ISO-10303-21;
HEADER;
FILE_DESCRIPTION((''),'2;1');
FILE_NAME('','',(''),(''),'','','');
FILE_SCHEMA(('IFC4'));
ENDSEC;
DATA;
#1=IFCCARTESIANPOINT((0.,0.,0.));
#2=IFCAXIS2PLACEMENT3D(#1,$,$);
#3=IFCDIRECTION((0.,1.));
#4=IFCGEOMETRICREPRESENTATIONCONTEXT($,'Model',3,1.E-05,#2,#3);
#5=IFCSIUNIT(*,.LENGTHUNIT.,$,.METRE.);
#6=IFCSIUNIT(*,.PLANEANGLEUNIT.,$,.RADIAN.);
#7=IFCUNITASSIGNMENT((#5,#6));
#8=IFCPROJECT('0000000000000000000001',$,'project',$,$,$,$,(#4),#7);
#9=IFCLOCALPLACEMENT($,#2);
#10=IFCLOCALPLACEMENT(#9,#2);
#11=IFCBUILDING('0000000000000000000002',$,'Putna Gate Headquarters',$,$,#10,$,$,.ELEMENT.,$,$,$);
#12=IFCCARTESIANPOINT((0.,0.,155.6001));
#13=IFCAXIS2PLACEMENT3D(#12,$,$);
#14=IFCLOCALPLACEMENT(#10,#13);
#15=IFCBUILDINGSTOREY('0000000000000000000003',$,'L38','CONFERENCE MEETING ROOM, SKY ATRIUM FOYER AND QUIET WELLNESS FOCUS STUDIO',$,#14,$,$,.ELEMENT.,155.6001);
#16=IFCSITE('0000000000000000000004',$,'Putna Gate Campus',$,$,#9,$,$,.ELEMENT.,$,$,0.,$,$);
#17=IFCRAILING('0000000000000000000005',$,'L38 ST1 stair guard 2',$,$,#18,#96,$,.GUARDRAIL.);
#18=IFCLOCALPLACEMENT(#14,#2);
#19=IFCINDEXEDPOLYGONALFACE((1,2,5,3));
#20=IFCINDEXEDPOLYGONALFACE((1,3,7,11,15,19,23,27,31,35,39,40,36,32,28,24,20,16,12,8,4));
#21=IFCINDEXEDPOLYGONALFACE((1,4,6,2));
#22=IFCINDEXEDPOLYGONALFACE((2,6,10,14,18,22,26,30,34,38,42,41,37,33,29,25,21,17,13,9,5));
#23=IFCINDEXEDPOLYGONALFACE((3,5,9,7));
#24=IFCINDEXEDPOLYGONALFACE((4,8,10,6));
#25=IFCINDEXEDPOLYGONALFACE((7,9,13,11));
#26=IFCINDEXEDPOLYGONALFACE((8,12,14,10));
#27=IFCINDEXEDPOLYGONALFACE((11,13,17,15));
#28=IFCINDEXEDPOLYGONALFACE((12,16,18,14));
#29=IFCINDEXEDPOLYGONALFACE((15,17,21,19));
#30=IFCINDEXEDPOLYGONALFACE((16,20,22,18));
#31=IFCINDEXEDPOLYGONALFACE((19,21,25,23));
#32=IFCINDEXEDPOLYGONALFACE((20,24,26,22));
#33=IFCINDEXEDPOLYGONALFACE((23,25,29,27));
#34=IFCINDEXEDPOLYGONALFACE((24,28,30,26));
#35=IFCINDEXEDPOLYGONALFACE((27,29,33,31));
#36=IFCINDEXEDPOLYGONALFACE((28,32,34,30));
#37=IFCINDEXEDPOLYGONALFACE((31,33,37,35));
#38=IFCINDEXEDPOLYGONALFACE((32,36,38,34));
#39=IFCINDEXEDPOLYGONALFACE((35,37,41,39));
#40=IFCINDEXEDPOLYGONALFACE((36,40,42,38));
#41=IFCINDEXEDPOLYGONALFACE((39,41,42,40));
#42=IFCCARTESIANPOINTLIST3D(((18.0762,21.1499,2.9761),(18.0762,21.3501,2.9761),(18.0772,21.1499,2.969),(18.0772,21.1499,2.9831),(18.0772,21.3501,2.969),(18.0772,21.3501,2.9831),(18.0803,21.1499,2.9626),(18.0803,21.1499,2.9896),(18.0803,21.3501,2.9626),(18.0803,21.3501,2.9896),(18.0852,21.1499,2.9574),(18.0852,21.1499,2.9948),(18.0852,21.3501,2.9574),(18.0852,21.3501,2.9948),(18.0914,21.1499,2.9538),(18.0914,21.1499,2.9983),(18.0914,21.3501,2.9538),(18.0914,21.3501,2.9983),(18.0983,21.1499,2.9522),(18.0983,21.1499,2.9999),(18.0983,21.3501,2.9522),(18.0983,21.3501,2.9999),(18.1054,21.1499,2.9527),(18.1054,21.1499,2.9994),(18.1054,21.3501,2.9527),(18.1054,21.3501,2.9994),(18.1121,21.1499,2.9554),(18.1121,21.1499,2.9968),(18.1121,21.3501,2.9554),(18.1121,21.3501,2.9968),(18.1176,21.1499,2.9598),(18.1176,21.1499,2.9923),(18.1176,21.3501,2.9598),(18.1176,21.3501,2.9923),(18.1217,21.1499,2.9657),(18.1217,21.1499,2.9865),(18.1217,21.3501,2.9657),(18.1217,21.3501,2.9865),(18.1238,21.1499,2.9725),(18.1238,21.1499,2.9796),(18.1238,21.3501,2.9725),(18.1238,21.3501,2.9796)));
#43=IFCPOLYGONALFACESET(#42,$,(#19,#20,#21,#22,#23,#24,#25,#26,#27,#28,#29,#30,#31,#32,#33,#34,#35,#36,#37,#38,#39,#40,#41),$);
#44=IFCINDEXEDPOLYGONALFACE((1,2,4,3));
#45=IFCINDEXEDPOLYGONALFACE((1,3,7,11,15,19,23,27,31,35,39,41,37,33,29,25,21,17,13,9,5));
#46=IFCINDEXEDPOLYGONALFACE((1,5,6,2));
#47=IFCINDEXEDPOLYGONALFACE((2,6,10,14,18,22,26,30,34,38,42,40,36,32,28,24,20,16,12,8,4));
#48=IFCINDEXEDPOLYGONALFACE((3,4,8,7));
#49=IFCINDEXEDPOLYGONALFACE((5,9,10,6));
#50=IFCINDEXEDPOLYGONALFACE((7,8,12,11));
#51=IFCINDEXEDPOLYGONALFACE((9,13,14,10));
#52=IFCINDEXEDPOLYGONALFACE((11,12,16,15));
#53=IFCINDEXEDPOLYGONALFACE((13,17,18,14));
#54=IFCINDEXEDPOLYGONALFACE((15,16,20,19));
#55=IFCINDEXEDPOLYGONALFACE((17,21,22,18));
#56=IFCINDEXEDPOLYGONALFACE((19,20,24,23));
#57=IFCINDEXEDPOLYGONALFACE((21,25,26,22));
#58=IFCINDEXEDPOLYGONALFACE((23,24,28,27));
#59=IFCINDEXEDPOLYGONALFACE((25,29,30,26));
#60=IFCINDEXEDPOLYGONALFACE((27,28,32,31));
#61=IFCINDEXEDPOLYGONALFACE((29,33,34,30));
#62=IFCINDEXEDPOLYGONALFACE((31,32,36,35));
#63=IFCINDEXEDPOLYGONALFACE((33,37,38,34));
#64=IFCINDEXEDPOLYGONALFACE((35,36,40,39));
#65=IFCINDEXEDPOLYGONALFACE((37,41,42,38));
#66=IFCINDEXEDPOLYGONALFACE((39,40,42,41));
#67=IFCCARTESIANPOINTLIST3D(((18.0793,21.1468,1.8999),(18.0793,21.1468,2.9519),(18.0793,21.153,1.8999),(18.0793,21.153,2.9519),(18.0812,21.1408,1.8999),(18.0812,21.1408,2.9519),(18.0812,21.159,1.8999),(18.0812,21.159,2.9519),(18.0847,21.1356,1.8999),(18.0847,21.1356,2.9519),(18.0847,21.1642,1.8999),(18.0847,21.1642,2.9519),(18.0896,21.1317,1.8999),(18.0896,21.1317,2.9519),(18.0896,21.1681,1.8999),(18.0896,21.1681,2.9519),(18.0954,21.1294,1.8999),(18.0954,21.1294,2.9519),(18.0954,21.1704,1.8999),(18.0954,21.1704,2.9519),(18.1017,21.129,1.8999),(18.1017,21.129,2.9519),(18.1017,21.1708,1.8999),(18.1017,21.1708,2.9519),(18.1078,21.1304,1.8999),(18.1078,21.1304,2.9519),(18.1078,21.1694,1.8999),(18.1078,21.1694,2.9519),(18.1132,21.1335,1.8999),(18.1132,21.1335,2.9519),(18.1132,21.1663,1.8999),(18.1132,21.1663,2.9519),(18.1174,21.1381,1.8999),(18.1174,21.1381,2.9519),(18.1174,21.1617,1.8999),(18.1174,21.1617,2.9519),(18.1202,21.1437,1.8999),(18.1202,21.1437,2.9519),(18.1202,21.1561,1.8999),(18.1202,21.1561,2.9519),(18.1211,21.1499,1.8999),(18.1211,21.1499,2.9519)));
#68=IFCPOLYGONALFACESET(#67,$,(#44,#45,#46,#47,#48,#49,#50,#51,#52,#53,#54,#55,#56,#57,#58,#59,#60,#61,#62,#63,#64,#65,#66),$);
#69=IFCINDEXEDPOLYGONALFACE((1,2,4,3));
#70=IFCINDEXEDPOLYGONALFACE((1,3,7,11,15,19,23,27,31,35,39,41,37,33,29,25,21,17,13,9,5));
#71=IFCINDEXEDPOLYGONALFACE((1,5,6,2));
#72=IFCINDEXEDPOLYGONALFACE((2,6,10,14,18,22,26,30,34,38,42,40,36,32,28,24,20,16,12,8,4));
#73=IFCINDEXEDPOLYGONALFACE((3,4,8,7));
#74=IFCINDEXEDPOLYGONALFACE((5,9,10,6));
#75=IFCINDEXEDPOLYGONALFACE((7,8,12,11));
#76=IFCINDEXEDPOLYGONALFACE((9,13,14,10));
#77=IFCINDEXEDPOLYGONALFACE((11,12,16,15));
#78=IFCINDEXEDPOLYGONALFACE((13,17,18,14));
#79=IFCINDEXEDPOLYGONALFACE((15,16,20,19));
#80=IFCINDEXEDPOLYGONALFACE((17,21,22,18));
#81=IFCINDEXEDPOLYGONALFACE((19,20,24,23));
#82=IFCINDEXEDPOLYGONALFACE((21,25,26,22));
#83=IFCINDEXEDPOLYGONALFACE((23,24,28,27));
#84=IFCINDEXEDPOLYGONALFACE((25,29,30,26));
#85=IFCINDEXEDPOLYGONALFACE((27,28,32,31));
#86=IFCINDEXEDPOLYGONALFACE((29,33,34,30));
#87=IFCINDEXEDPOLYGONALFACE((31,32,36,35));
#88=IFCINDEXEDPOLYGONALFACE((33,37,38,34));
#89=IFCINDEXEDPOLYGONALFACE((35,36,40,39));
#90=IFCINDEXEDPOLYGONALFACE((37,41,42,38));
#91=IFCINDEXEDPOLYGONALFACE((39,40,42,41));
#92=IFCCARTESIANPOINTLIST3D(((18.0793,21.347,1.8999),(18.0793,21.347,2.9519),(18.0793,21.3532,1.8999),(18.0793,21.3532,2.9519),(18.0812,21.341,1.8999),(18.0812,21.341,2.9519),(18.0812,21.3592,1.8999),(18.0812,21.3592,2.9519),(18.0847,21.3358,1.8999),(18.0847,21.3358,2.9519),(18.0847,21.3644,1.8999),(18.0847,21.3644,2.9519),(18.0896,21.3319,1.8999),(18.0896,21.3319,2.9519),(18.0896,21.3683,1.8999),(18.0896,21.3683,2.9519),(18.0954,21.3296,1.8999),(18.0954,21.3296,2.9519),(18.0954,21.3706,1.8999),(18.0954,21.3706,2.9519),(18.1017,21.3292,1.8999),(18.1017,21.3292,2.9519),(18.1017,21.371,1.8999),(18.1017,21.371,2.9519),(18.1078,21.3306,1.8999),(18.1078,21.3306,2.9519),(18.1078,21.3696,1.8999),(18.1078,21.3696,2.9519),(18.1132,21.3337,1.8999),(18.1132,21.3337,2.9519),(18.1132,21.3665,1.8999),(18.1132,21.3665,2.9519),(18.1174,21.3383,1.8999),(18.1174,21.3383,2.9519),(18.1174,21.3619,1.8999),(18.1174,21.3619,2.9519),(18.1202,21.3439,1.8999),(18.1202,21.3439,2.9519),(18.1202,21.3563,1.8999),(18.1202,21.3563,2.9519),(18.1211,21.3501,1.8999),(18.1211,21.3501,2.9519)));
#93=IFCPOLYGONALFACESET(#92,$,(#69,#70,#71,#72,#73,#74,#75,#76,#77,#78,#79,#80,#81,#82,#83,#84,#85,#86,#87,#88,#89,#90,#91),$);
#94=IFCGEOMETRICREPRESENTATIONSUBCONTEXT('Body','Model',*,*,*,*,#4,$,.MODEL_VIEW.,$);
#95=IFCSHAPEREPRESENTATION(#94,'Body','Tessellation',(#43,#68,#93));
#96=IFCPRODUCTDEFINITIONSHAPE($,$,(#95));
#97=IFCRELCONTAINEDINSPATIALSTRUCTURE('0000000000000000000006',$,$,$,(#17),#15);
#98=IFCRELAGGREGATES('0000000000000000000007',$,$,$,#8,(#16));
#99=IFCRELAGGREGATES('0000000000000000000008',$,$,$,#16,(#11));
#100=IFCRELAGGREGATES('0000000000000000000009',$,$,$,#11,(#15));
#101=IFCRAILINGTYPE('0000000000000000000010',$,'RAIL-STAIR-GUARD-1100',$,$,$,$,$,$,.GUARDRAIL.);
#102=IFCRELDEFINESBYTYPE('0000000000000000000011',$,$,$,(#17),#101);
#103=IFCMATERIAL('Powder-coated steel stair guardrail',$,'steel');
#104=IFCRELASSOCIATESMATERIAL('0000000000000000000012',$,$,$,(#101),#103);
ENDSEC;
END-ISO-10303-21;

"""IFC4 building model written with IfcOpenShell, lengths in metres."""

from ifc_helpers import new_model, si_unit, direction, frame, origin, origin_2d, place, context, subcontext, project, spatial, circle, extrude, material, type_object, element, save


model = new_model("IFC4")

# Units and contexts
model_context = context("Model", 3, precision=1e-05, world=origin(), true_north=direction((0.0, 1.0)))
body_context = subcontext(model_context, "Body", "Model", "MODEL_VIEW")
ifc_project = project(units=[si_unit("LENGTHUNIT", "METRE"), si_unit("PLANEANGLEUNIT", "RADIAN")], contexts=[model_context])

# Site, building, storey
site_placement = place(None, origin())
site = spatial("IfcSite", under=ifc_project, at=site_placement, Name="Putna Gate Campus", CompositionType="ELEMENT", RefElevation=0.0)
building_placement = place(site_placement, origin())
building = spatial("IfcBuilding", under=site, at=building_placement, Name="Putna Gate Headquarters", CompositionType="ELEMENT")
storey_placement = place(building_placement, frame((0.0, 0.0, 155.6001)))
storey = spatial("IfcBuildingStorey", under=building, at=storey_placement, Name="L38", Description="CONFERENCE MEETING ROOM, SKY ATRIUM FOYER AND QUIET WELLNESS FOCUS STUDIO", CompositionType="ELEMENT", Elevation=155.6001)

# Railing
ifc_material_1 = material(Name="Powder-coated steel stair guardrail", Category="steel")
railing_type_1 = type_object("IfcRailingType", Name="RAIL-STAIR-GUARD-1100", PredefinedType="GUARDRAIL", material=ifc_material_1)
railing_1_placement = place(storey_placement, frame((18.1001, 21.1499, 1.8999)))
element("IfcRailing", 1, at=railing_1_placement, inside=storey, type_object=railing_type_1, Name="L38 ST1 stair guard 2", PredefinedType="GUARDRAIL", context=body_context, shape_type="SweptSolid", body=[
    extrude(circle(Radius=0.0239, at=origin_2d()), frame((0.0, 0.0, 1.0762), z_axis=(0.0, 1.0, 0.0), x_axis=(-1.0, 0.0, 0.0)), (0.0, 0.0, 1.0), 0.2002),
    extrude(circle(Radius=0.021, at=origin_2d()), origin(), (0.0, 0.0, 1.0), 1.052),
    extrude(circle(Radius=0.021, at=origin_2d()), frame((0.0, 0.2002, 0.0)), (0.0, 0.0, 1.0), 1.052),
])

save(model, "model.ifc")
